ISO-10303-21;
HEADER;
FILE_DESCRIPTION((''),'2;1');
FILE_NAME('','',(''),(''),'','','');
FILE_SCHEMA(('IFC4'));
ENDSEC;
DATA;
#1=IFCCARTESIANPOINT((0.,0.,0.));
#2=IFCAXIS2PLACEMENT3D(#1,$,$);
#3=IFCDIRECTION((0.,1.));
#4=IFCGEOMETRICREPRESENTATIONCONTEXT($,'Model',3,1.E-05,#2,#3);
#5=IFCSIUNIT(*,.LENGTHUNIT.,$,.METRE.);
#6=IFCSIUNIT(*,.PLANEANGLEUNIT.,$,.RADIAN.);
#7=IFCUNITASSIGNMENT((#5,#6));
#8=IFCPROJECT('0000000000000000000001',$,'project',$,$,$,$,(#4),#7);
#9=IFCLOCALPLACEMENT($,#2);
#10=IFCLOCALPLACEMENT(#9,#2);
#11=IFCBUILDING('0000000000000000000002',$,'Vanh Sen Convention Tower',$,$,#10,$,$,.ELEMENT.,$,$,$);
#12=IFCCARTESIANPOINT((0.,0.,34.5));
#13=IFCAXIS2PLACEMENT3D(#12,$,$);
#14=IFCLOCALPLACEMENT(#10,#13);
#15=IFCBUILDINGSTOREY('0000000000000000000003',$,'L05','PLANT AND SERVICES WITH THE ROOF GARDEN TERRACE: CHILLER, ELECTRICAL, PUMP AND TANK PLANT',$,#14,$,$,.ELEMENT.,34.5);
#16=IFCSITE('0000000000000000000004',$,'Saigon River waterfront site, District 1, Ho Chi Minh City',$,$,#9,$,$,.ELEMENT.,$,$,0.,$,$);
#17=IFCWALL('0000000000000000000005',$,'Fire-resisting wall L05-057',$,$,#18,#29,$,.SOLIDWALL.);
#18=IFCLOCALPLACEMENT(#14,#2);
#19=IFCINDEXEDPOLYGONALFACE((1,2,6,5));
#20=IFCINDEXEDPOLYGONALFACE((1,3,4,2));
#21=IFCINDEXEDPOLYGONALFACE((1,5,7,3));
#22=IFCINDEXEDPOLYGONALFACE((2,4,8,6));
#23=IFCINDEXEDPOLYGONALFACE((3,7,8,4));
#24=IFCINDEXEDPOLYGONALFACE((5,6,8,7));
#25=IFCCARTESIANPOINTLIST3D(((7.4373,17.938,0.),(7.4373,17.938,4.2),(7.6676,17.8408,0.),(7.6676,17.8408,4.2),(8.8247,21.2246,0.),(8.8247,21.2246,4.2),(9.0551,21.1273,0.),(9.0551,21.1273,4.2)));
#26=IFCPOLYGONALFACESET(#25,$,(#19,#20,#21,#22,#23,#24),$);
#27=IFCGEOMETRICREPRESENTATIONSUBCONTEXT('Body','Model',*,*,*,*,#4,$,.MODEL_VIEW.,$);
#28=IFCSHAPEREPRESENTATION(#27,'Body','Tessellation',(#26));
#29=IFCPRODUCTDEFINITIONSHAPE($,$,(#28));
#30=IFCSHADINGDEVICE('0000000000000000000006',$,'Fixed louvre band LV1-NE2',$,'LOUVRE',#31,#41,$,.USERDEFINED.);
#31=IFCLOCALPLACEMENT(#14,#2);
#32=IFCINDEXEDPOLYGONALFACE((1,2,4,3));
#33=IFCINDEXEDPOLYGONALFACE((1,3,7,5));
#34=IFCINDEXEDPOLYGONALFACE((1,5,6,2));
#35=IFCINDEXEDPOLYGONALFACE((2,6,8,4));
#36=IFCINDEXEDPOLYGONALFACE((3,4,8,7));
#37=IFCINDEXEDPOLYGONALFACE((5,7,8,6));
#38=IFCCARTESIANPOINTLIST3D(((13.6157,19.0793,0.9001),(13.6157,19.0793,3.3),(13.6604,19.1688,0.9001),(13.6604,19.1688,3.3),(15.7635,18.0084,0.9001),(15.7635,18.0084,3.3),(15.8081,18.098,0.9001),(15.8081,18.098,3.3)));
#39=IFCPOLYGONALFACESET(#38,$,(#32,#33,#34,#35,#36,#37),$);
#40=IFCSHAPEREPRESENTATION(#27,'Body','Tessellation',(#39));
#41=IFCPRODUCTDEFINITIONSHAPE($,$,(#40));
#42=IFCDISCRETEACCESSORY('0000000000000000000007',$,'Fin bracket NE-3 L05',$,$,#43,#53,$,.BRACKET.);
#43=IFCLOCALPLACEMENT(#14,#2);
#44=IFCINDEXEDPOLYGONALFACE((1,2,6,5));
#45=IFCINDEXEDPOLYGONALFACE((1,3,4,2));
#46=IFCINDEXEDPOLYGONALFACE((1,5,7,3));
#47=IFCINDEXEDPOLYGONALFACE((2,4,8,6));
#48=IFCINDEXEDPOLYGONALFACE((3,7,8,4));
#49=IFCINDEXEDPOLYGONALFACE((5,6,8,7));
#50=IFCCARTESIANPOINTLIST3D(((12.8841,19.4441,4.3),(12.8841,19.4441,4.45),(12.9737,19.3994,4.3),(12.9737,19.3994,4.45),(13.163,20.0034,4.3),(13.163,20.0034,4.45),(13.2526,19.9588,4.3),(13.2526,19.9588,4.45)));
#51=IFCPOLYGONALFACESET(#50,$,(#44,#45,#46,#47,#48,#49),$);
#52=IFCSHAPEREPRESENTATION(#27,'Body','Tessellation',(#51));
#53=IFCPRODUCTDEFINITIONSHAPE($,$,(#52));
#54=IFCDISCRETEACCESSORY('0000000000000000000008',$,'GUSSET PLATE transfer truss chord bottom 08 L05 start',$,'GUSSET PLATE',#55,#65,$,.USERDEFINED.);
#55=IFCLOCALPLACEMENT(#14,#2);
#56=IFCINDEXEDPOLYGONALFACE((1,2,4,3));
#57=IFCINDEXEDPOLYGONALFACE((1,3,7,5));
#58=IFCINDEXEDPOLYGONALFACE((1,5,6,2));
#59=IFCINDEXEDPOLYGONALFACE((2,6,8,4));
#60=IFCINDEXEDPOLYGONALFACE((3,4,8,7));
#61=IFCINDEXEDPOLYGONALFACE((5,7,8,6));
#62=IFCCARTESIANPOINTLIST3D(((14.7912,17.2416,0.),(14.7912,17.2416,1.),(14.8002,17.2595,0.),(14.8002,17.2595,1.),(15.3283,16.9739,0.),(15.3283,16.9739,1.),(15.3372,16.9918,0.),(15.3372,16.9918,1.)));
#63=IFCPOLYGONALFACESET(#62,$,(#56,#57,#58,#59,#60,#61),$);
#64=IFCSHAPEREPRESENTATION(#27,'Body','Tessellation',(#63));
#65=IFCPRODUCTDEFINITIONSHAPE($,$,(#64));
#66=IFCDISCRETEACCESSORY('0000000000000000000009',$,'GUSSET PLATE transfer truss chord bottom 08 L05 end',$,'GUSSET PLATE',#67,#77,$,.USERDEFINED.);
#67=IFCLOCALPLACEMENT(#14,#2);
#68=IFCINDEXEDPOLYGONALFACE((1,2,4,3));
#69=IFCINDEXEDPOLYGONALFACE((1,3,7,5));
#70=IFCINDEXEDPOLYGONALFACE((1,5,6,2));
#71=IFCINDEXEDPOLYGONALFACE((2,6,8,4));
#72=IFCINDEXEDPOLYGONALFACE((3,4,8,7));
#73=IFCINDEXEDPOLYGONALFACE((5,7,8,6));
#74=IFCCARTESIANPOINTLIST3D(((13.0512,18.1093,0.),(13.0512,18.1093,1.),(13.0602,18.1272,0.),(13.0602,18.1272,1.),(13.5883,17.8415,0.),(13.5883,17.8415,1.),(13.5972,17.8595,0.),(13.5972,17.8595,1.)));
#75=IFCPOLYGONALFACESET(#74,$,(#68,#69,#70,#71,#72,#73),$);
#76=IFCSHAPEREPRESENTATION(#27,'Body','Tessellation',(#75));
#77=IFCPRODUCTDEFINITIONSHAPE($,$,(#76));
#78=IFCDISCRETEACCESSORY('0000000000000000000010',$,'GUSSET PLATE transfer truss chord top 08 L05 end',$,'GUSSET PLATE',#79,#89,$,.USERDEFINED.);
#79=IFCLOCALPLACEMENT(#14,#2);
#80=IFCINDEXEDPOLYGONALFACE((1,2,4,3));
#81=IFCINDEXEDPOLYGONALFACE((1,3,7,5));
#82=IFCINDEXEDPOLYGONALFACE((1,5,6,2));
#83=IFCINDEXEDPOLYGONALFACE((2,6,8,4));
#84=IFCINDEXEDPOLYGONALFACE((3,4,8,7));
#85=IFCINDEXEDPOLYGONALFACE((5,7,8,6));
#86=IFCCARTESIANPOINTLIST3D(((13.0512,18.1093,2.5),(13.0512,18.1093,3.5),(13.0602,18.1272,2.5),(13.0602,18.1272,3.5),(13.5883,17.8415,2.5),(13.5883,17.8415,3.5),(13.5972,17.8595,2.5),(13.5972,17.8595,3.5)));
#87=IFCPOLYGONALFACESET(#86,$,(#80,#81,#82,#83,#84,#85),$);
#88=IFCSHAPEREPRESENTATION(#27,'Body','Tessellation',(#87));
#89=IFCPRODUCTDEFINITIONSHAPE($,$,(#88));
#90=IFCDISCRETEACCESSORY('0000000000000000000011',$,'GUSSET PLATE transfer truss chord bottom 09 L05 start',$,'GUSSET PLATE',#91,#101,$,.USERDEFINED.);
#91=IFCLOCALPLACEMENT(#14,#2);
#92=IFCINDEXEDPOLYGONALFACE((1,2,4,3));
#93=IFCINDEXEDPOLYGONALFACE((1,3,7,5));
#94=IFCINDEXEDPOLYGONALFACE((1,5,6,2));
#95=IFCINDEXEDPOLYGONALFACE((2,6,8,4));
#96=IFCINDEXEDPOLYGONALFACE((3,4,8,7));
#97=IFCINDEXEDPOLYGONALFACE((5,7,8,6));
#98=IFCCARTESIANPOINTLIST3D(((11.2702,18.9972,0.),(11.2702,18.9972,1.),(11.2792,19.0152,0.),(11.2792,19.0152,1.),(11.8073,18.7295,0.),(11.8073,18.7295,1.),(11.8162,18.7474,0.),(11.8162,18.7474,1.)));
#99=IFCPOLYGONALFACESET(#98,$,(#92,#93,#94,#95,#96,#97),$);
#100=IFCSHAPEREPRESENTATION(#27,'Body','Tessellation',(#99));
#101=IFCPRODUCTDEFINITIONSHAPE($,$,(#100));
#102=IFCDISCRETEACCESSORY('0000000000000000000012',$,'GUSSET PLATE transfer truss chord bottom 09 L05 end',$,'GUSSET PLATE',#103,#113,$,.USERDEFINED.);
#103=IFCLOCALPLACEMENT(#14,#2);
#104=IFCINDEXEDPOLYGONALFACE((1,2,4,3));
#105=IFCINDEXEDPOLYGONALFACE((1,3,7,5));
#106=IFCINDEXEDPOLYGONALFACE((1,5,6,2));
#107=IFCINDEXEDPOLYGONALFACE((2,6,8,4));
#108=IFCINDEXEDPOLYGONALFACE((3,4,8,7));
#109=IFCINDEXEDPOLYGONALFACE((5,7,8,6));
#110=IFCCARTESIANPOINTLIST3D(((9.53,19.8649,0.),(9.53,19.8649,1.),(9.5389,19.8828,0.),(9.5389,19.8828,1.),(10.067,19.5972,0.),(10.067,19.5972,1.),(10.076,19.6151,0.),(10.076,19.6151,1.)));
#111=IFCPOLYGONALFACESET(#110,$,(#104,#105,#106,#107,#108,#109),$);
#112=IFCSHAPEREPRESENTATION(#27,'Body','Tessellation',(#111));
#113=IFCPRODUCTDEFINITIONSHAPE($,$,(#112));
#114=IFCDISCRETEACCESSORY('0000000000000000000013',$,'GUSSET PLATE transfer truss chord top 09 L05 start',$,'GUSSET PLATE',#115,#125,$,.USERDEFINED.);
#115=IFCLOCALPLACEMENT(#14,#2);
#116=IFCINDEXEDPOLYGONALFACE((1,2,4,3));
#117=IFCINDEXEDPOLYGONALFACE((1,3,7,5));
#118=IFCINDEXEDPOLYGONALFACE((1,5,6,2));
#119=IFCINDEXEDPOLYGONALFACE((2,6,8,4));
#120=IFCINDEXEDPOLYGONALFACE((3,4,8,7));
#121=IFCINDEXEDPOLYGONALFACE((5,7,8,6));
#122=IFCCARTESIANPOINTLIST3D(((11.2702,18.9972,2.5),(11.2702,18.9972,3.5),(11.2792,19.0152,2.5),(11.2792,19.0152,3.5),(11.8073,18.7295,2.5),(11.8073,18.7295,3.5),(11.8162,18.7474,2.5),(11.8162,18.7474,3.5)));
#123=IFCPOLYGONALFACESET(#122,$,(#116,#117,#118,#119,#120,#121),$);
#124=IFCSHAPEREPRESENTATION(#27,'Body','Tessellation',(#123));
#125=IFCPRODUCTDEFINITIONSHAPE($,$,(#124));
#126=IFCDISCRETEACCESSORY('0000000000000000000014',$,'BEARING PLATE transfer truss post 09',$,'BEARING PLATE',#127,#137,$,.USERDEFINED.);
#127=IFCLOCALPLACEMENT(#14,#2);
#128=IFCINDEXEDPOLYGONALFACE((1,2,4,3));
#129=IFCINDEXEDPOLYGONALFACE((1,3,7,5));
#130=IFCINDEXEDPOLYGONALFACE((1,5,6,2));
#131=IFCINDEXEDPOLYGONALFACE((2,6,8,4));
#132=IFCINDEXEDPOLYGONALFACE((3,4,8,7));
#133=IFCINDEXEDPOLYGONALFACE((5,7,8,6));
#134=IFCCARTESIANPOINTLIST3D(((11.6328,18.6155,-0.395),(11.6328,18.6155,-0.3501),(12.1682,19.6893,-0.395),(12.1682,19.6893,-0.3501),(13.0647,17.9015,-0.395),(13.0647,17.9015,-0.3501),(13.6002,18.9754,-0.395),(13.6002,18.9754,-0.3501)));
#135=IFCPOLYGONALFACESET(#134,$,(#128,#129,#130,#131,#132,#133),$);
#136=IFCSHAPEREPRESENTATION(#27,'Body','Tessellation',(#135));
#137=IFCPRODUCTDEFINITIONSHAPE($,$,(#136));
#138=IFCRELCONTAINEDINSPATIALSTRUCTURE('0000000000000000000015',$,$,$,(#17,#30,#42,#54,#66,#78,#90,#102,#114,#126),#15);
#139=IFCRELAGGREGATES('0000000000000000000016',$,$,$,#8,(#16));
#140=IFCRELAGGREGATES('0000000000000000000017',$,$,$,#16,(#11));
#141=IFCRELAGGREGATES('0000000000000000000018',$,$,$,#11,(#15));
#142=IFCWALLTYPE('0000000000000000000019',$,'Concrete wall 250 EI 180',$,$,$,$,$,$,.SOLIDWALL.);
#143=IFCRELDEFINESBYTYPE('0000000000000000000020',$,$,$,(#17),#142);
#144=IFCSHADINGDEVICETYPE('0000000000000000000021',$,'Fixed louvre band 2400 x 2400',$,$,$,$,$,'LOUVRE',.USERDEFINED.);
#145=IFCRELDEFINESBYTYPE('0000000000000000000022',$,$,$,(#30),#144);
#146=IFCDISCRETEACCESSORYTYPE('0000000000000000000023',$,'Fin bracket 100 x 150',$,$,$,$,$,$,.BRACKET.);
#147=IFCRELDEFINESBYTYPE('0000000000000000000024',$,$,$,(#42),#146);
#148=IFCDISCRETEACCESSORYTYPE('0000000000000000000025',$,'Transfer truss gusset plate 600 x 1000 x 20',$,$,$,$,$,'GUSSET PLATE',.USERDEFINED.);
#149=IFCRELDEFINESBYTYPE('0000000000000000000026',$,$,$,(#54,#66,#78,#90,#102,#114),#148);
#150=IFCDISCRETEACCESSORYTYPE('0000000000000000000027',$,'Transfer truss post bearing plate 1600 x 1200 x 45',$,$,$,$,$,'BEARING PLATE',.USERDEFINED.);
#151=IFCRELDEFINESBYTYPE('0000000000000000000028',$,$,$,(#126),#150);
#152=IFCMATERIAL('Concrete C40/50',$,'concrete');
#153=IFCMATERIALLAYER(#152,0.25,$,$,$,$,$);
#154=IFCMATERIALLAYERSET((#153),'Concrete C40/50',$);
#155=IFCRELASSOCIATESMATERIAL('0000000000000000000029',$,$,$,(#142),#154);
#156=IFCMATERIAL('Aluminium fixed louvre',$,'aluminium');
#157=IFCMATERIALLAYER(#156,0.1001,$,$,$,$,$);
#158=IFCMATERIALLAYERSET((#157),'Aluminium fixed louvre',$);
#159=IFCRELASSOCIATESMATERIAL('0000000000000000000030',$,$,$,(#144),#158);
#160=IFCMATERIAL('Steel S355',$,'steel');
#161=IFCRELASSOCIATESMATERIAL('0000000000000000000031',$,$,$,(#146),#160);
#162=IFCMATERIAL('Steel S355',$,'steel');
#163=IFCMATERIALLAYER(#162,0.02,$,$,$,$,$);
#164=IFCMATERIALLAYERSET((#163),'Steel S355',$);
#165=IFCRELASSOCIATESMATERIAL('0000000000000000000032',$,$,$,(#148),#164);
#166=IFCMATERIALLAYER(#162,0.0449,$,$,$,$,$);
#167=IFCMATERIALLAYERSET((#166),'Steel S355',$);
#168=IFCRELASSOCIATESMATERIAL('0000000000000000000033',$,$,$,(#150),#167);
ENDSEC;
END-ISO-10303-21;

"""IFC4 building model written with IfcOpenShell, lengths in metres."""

from ifc_helpers import new_model, si_unit, direction, frame, frame_2d, origin, origin_2d, place, context, subcontext, project, spatial, rectangle, extrude, material, layer, layer_set, type_object, element, save


model = new_model("IFC4")

# Units and contexts
model_context = context("Model", 3, precision=1e-05, world=origin(), true_north=direction((0.0, 1.0)))
body_context = subcontext(model_context, "Body", "Model", "MODEL_VIEW")
ifc_project = project(units=[si_unit("LENGTHUNIT", "METRE"), si_unit("PLANEANGLEUNIT", "RADIAN")], contexts=[model_context])

# Site, building, storey
site_placement = place(None, origin())
site = spatial("IfcSite", under=ifc_project, at=site_placement, Name="Saigon River waterfront site, District 1, Ho Chi Minh City", CompositionType="ELEMENT", RefElevation=0.0)
building_placement = place(site_placement, origin())
building = spatial("IfcBuilding", under=site, at=building_placement, Name="Vanh Sen Convention Tower", CompositionType="ELEMENT")
storey_placement = place(building_placement, frame((0.0, 0.0, 34.5)))
storey = spatial("IfcBuildingStorey", under=building, at=storey_placement, Name="L05", Description="PLANT AND SERVICES WITH THE ROOF GARDEN TERRACE: CHILLER, ELECTRICAL, PUMP AND TANK PLANT", CompositionType="ELEMENT", Elevation=34.5)

# Shared definitions
ifc_material_1 = material(Name="Steel S355", Category="steel")

# Wall
ifc_material_2 = material(Name="Concrete C40/50", Category="concrete")
ifc_layer_1 = layer(ifc_material_2, 0.25)
ifc_layer_set_1 = layer_set([ifc_layer_1], Name="Concrete C40/50")
wall_type = type_object("IfcWallType", Name="Concrete wall 250 EI 180", PredefinedType="SOLIDWALL", material=ifc_layer_set_1)
wall_1_placement = place(storey_placement, frame((7.5525, 17.8894, 0.0), z_axis=(0.0, 0.0, 1.0), x_axis=(0.388917, 0.921273, 0.0)))
element("IfcWall", 1, at=wall_1_placement, inside=storey, type_object=wall_type, Name="Fire-resisting wall L05-057", PredefinedType="SOLIDWALL", context=body_context, shape_type="SweptSolid", body=[
    extrude(rectangle(XDim=3.5674, YDim=0.25, at=frame_2d((1.7837, 0.0))), origin(), (0.0, 0.0, 1.0), 4.2),
])

# Shading device
ifc_material_3 = material(Name="Aluminium fixed louvre", Category="aluminium")
ifc_layer_2 = layer(ifc_material_3, 0.1001)
ifc_layer_set_2 = layer_set([ifc_layer_2], Name="Aluminium fixed louvre")
shading_device_type = type_object("IfcShadingDeviceType", Name="Fixed louvre band 2400 x 2400", ElementType="LOUVRE", PredefinedType="USERDEFINED", material=ifc_layer_set_2)
shading_device_placement = place(storey_placement, frame((14.7119, 18.5886, 0.9001), z_axis=(0.0, 0.0, 1.0), x_axis=(-0.894934, 0.446199, 0.0)))
element("IfcShadingDevice", 2, at=shading_device_placement, inside=storey, type_object=shading_device_type, Name="Fixed louvre band LV1-NE2", ObjectType="LOUVRE", PredefinedType="USERDEFINED", context=body_context, shape_type="SweptSolid", body=[
    extrude(rectangle(XDim=2.3999, YDim=0.1001, at=origin_2d()), origin(), (0.0, 0.0, 1.0), 2.3999),
])

# Discrete accessories
ifc_material_4 = material(Name="Steel S355", Category="steel")
discrete_accessory_type_1 = type_object("IfcDiscreteAccessoryType", Name="Fin bracket 100 x 150", PredefinedType="BRACKET", material=ifc_material_4)
discrete_accessory_1_placement = place(storey_placement, frame((13.0684, 19.7014, 4.3), z_axis=(0.0, 0.0, 1.0), x_axis=(0.446198, 0.894934, 0.0)))
element("IfcDiscreteAccessory", 3, at=discrete_accessory_1_placement, inside=storey, type_object=discrete_accessory_type_1, Name="Fin bracket NE-3 L05", PredefinedType="BRACKET", context=body_context, shape_type="SweptSolid", body=[
    extrude(rectangle(XDim=0.625, YDim=0.1001, at=origin_2d()), origin(), (0.0, 0.0, 1.0), 0.1499),
])
ifc_layer_3 = layer(ifc_material_1, 0.02)
ifc_layer_set_3 = layer_set([ifc_layer_3], Name="Steel S355")
discrete_accessory_type_2 = type_object("IfcDiscreteAccessoryType", Name="Transfer truss gusset plate 600 x 1000 x 20", ElementType="GUSSET PLATE", PredefinedType="USERDEFINED", material=ifc_layer_set_3)
for number, where, z_axis, x_axis, name in (
    (4, (15.0642, 17.1167, 0.0), (0.0, 0.0, 1.0), (-0.894935, 0.446196, 0.0), "GUSSET PLATE transfer truss chord bottom 08 L05 start"),
    (5, (13.3242, 17.9844, 0.0), (0.0, 0.0, 1.0), (0.894935, -0.446196, 0.0), "GUSSET PLATE transfer truss chord bottom 08 L05 end"),
    (6, (13.3242, 17.9844, 2.5), (0.0, 0.0, 1.0), (0.894935, -0.446196, 0.0), "GUSSET PLATE transfer truss chord top 08 L05 end"),
    (7, (11.5432, 18.8723, 0.0), (0.0, 0.0, 1.0), (-0.894935, 0.446196, 0.0), "GUSSET PLATE transfer truss chord bottom 09 L05 start"),
    (8, (9.803, 19.74, 0.0), (0.0, 0.0, 1.0), (0.894935, -0.446196, 0.0), "GUSSET PLATE transfer truss chord bottom 09 L05 end"),
    (9, (11.5432, 18.8723, 2.5), (0.0, 0.0, 1.0), (-0.894935, 0.446196, 0.0), "GUSSET PLATE transfer truss chord top 09 L05 start"),
):
    element("IfcDiscreteAccessory", number, at=place(storey_placement, frame(where, z_axis=z_axis, x_axis=x_axis)), inside=storey, type_object=discrete_accessory_type_2, Name=name, ObjectType="GUSSET PLATE", PredefinedType="USERDEFINED", context=body_context, shape_type="SweptSolid", body=[
        extrude(rectangle(XDim=0.6001, YDim=0.02, at=origin_2d()), origin(), (0.0, 0.0, 1.0), 1.0),
    ])
ifc_layer_4 = layer(ifc_material_1, 0.0449)
ifc_layer_set_4 = layer_set([ifc_layer_4], Name="Steel S355")
discrete_accessory_type_3 = type_object("IfcDiscreteAccessoryType", Name="Transfer truss post bearing plate 1600 x 1200 x 45", ElementType="BEARING PLATE", PredefinedType="USERDEFINED", material=ifc_layer_set_4)
discrete_accessory_2_placement = place(storey_placement, frame((12.6165, 18.7954, -0.395), z_axis=(0.0, 0.0, 1.0), x_axis=(-0.894934, 0.446198, 0.0)))
element("IfcDiscreteAccessory", 10, at=discrete_accessory_2_placement, inside=storey, type_object=discrete_accessory_type_3, Name="BEARING PLATE transfer truss post 09", ObjectType="BEARING PLATE", PredefinedType="USERDEFINED", context=body_context, shape_type="SweptSolid", body=[
    extrude(rectangle(XDim=1.6001, YDim=1.2, at=origin_2d()), origin(), (0.0, 0.0, 1.0), 0.0449),
])

save(model, "model.ifc")
